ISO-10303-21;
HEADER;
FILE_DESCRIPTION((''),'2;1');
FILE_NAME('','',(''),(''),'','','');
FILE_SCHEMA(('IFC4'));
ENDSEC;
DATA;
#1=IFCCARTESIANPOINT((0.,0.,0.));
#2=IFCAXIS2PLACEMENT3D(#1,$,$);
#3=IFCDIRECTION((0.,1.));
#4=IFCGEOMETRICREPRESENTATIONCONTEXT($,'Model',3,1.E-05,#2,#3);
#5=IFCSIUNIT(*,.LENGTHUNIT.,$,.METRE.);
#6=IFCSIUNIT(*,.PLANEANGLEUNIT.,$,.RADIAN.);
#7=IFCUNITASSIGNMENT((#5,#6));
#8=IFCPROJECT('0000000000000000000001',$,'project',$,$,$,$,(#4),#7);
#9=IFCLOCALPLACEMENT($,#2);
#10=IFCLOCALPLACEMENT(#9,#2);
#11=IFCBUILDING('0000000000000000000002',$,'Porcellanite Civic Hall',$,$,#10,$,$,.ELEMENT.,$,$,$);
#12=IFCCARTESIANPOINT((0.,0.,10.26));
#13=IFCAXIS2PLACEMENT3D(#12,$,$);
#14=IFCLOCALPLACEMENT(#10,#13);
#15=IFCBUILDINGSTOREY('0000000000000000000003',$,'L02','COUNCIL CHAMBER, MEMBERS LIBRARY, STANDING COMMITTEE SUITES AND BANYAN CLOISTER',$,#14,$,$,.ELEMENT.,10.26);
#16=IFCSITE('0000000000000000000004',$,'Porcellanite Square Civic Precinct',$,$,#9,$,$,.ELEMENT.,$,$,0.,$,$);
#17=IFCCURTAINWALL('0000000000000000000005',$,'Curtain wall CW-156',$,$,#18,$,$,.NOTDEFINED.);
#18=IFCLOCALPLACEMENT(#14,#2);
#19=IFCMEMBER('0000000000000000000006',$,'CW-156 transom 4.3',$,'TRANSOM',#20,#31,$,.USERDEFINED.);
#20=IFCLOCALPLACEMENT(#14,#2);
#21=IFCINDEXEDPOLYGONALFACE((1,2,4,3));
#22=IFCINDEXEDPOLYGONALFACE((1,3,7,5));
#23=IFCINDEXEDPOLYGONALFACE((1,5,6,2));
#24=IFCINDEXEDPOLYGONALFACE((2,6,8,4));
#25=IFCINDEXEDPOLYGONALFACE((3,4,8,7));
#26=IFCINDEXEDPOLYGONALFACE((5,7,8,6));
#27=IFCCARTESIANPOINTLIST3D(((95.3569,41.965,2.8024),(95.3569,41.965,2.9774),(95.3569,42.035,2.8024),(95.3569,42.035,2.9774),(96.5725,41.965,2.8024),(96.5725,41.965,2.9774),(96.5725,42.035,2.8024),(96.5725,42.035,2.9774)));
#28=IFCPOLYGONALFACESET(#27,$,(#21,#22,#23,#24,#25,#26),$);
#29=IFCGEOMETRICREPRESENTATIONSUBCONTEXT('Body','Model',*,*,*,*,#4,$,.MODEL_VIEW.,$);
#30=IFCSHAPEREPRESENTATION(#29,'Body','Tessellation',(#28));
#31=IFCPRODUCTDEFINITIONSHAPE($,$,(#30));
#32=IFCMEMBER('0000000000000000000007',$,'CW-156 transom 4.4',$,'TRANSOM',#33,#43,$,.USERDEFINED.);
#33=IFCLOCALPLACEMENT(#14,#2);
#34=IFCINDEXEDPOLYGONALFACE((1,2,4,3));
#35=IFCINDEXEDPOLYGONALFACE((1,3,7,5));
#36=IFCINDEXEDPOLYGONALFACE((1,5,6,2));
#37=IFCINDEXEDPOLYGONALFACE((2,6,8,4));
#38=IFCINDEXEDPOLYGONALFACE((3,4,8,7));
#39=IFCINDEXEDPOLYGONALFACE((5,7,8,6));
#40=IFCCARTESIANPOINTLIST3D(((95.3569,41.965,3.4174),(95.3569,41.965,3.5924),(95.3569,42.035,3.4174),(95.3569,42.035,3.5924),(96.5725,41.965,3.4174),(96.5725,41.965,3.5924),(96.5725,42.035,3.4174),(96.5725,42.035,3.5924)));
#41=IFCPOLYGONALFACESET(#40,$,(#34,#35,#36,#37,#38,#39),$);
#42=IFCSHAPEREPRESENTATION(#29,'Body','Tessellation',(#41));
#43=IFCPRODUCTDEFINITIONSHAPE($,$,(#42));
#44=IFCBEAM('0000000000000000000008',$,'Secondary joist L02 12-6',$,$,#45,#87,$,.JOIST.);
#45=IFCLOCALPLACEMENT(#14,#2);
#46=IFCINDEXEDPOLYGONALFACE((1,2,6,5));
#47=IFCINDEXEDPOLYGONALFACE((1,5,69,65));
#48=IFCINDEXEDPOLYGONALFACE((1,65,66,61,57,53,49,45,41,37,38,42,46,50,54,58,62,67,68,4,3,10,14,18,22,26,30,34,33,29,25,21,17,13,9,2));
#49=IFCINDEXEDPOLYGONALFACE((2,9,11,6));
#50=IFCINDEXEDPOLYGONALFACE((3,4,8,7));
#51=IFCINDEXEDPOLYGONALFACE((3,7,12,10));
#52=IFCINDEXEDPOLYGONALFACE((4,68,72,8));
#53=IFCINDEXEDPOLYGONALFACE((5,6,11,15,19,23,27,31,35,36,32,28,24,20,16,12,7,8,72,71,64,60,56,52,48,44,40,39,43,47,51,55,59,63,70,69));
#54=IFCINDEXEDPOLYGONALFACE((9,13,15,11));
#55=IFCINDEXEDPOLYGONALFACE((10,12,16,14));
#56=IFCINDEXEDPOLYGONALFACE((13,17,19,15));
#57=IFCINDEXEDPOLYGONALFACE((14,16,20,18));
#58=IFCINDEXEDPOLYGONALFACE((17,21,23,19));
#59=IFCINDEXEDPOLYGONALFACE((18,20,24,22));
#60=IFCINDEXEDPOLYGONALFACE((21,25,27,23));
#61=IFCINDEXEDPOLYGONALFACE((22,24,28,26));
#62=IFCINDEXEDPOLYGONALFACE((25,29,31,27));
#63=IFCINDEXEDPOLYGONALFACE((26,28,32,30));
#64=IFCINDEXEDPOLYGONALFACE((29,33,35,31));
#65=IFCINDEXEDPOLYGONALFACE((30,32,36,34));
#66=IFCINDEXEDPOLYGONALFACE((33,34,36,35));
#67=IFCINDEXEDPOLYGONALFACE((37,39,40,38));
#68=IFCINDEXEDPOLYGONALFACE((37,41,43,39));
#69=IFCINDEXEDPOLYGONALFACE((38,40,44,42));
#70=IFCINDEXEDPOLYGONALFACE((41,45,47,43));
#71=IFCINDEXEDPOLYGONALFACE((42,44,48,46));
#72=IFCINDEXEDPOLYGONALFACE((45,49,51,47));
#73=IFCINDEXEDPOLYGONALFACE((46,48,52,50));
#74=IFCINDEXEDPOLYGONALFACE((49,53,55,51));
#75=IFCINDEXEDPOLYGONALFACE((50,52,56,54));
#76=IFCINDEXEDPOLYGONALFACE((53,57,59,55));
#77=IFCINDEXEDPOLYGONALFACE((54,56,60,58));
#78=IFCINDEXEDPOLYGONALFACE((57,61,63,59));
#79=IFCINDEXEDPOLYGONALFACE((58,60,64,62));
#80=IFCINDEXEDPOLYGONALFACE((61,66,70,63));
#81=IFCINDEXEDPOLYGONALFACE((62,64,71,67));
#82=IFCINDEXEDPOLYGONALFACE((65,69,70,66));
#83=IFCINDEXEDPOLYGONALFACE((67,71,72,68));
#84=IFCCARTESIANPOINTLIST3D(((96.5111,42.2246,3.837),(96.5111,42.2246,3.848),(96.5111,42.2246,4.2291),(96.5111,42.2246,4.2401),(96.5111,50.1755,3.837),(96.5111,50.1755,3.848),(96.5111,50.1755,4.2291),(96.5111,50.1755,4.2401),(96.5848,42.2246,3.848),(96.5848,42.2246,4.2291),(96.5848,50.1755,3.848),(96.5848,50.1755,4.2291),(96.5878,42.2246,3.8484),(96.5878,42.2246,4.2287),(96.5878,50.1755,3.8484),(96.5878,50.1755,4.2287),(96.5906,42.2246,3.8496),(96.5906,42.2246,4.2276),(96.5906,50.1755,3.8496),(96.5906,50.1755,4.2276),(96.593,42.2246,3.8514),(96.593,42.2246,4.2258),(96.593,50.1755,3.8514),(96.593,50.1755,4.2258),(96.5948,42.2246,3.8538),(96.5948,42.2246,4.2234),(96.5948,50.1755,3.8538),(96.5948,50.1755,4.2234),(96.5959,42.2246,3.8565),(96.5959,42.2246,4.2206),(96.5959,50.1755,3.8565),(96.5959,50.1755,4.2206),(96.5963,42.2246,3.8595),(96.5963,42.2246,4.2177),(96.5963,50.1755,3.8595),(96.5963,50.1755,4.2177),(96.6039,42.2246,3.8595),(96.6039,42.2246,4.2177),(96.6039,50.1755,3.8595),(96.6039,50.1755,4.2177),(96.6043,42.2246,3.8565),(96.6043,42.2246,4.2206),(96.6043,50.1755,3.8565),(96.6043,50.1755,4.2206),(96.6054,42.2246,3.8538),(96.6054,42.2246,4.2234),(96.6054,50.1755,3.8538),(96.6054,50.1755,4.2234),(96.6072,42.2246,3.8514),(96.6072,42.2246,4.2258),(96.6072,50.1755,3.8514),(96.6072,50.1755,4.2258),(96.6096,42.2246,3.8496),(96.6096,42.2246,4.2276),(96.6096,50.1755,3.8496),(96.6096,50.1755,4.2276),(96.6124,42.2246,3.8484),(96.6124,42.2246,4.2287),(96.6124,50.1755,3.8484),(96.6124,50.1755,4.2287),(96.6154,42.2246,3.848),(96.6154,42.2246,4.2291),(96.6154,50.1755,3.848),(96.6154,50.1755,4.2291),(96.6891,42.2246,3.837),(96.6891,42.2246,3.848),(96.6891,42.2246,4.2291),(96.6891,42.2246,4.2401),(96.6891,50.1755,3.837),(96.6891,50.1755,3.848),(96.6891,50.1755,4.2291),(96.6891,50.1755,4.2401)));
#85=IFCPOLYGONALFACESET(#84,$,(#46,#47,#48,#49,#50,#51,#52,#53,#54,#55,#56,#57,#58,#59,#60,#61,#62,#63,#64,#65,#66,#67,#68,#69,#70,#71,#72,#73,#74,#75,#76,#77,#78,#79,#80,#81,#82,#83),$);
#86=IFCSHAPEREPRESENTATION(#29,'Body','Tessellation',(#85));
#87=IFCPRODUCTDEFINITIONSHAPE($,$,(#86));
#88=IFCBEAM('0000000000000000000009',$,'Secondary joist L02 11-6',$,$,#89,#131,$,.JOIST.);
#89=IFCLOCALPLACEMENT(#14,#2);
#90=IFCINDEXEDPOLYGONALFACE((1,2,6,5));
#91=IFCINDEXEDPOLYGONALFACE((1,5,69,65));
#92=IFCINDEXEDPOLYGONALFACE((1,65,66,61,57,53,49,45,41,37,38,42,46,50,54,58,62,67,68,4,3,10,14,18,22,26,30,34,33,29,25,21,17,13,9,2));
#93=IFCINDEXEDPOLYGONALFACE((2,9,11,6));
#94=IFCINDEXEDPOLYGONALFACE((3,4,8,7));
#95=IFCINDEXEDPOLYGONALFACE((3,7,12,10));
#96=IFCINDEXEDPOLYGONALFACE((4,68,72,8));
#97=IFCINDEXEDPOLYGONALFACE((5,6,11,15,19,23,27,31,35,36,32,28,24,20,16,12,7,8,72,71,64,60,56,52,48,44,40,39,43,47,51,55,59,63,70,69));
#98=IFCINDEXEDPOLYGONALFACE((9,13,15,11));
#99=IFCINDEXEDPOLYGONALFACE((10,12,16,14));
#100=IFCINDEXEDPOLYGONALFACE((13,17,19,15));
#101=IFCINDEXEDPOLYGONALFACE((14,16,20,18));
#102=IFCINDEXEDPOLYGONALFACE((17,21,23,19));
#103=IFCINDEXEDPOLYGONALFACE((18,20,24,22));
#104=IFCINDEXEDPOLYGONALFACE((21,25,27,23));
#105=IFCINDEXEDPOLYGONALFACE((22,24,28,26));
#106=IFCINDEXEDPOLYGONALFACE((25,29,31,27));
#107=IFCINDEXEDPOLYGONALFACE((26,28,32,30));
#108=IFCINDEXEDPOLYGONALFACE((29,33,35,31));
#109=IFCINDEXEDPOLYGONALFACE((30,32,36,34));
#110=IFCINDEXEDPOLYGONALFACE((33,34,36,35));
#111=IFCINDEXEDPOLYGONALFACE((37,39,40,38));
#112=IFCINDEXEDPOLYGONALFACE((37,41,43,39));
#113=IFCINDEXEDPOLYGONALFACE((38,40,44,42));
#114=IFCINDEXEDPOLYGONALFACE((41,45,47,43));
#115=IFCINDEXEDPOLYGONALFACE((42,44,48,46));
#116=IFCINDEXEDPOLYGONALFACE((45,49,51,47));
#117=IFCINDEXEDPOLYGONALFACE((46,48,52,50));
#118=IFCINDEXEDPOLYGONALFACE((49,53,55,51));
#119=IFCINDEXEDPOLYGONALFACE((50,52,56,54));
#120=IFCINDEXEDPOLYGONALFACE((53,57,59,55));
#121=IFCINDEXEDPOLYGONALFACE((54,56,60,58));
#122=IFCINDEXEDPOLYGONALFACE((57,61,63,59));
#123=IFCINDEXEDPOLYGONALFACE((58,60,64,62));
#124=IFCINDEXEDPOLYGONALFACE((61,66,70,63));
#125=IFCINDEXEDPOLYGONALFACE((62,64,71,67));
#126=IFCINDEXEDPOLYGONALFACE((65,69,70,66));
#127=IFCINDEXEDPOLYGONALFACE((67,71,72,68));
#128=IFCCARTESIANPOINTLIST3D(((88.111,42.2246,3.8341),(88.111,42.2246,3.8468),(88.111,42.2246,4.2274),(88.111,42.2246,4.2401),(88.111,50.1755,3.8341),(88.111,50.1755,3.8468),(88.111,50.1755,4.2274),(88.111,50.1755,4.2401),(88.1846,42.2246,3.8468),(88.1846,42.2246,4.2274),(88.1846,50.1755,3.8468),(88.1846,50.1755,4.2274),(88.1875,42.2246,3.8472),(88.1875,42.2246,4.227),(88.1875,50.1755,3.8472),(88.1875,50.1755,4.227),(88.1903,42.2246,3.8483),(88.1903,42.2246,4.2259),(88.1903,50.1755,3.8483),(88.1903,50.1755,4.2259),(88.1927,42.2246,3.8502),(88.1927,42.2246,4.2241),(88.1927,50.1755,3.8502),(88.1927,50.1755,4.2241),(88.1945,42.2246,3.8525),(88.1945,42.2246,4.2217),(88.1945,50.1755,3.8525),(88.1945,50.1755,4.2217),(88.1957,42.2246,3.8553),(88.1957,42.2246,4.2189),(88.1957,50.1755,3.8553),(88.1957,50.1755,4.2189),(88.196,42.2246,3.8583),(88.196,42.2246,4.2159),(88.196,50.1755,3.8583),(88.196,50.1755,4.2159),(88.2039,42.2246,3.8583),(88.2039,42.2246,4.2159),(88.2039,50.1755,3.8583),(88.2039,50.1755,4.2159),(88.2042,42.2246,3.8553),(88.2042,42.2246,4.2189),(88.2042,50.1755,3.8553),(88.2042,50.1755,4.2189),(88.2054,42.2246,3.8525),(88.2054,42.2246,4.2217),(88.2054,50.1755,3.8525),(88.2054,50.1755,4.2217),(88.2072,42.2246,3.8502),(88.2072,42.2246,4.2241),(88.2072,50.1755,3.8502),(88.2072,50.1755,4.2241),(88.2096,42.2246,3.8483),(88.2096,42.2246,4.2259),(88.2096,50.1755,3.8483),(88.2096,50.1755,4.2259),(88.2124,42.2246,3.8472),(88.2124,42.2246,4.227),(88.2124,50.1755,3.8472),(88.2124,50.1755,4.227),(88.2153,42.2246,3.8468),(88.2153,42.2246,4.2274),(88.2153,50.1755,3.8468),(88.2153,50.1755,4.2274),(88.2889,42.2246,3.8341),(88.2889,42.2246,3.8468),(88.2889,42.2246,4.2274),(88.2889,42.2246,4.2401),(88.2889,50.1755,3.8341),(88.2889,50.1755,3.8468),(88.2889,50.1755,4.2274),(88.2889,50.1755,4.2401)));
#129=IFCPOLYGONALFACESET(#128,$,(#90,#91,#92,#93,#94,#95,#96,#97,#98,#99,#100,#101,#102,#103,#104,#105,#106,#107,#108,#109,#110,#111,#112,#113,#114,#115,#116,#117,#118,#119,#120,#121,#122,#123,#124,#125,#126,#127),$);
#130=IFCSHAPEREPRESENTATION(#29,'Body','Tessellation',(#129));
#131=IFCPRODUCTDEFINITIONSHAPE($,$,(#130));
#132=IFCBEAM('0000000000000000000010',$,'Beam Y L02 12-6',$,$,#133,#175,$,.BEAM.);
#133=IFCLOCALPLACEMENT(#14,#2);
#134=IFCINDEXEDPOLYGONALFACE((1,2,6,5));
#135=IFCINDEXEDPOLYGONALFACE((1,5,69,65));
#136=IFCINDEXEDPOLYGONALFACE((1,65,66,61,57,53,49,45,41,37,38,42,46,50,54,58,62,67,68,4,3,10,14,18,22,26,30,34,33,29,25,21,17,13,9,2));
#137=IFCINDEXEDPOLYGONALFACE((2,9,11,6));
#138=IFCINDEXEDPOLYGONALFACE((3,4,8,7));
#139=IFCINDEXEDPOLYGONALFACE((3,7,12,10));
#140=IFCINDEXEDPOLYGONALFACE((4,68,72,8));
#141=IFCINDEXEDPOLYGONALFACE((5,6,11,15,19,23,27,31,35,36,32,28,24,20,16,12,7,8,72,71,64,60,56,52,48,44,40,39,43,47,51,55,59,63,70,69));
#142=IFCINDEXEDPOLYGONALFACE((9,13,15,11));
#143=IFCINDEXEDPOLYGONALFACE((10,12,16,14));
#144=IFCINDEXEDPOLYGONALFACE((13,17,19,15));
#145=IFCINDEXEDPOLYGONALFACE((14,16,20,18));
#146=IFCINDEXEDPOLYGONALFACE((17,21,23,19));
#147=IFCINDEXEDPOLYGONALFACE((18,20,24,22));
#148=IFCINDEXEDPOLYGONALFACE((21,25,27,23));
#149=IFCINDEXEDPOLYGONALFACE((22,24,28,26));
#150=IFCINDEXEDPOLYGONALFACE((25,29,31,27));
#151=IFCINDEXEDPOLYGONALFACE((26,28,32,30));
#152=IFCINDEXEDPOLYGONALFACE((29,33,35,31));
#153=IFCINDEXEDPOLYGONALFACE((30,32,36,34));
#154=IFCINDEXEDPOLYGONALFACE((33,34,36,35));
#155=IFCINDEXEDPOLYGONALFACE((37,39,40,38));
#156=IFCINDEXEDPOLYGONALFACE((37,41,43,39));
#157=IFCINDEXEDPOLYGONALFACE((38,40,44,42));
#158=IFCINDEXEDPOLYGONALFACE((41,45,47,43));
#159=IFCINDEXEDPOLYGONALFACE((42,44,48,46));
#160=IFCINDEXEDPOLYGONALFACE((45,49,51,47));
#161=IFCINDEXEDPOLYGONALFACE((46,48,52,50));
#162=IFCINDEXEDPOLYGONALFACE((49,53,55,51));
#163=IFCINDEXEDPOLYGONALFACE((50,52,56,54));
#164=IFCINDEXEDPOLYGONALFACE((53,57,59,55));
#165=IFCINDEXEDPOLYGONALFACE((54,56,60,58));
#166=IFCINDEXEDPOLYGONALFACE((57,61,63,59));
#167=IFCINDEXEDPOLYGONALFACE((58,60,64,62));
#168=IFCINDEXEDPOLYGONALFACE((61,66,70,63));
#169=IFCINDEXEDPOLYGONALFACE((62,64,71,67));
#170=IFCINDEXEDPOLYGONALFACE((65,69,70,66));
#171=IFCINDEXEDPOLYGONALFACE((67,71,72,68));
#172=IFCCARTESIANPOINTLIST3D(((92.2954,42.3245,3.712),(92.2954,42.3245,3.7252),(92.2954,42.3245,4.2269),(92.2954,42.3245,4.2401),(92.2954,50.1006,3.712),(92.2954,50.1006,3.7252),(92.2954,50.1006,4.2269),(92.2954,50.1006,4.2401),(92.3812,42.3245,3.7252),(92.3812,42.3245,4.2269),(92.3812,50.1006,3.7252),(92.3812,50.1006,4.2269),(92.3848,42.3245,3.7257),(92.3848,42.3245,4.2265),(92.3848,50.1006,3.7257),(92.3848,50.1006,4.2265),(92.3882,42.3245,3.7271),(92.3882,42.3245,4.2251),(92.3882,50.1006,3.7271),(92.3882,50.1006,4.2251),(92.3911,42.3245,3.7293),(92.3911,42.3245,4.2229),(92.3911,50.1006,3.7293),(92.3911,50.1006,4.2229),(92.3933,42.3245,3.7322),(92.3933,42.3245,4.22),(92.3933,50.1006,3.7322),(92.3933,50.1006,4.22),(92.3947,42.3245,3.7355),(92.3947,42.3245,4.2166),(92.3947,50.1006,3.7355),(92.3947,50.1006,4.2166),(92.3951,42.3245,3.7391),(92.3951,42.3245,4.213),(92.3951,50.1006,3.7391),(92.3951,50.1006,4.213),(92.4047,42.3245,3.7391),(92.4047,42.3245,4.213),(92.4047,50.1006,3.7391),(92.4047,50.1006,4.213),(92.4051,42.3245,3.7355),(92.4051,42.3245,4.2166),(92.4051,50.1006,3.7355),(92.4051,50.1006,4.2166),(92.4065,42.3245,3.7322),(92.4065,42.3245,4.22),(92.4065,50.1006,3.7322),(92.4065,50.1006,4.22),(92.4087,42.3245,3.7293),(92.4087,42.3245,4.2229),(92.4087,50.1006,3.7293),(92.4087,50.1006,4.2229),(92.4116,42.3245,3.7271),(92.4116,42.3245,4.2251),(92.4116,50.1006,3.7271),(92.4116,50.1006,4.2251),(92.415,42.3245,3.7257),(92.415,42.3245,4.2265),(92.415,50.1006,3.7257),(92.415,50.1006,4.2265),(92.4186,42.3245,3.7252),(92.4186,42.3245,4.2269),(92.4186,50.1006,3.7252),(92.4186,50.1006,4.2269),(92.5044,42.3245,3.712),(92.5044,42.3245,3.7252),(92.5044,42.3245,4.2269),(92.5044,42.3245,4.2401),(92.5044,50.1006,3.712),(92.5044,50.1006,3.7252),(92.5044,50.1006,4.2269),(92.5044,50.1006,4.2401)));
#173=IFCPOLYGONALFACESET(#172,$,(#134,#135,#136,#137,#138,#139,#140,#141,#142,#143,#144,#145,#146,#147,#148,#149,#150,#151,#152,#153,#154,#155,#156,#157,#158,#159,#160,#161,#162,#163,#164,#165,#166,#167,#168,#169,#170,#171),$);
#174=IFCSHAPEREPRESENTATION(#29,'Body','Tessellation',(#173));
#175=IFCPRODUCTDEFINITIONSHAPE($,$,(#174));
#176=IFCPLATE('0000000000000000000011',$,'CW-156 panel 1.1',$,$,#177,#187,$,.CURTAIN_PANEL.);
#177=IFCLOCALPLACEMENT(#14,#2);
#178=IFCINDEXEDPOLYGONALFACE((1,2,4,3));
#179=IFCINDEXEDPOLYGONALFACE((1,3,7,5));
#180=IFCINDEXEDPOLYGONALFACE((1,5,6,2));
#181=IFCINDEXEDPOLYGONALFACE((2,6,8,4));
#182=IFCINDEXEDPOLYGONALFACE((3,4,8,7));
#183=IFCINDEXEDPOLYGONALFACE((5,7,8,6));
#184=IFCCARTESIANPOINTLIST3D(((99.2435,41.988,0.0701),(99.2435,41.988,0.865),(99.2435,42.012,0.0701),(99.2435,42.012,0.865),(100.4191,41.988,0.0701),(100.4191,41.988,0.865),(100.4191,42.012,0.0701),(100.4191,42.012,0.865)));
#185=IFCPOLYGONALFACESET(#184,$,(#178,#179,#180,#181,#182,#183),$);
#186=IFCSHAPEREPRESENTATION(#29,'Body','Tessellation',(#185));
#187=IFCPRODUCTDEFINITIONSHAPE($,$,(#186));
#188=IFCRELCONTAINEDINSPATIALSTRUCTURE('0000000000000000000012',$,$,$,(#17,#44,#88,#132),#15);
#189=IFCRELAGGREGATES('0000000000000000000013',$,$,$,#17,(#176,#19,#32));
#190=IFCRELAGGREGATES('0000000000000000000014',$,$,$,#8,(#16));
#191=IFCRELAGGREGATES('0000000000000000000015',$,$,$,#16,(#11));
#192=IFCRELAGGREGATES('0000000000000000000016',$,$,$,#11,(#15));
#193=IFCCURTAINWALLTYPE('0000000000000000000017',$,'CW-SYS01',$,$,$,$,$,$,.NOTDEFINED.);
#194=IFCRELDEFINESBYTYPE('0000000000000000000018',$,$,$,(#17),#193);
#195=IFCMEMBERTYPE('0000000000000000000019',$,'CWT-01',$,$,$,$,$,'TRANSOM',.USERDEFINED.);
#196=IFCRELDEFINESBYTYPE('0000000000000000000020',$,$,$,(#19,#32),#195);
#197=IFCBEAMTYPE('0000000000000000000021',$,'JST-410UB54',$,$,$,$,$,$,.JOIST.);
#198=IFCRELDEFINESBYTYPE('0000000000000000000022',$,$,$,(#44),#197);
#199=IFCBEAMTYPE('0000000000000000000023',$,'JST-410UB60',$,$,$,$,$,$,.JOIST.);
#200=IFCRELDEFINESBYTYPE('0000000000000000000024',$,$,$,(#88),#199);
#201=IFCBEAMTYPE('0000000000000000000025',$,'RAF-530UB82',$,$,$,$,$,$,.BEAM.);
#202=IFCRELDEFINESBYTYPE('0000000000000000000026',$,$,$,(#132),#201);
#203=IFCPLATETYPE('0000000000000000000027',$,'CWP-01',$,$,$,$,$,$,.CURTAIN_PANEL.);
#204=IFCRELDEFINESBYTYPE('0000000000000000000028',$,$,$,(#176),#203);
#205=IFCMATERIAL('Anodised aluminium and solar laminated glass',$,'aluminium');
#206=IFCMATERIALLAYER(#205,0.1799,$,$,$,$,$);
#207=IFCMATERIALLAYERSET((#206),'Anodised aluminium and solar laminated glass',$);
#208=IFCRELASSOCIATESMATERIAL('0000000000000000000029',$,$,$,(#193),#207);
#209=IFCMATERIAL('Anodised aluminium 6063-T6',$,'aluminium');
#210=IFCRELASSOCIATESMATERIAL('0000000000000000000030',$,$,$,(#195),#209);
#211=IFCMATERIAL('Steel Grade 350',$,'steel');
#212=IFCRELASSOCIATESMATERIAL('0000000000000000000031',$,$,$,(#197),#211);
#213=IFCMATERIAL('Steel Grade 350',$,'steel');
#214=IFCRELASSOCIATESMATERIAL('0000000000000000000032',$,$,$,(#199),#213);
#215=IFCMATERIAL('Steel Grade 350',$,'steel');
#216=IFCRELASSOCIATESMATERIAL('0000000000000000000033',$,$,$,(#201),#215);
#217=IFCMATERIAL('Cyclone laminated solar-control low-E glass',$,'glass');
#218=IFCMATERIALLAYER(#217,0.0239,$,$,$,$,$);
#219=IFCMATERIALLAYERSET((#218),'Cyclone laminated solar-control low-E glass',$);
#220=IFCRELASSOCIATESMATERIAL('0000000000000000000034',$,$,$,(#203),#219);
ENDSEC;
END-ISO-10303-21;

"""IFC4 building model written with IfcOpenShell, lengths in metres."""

from ifc_helpers import new_model, si_unit, direction, frame, origin, origin_2d, place, context, subcontext, project, spatial, rectangle, i_section, extrude, material, layer, layer_set, material_profile, profile_set, type_object, element, aggregate, save


model = new_model("IFC4")

# Units and contexts
model_context = context("Model", 3, precision=1e-05, world=origin(), true_north=direction((0.0, 1.0)))
body_context = subcontext(model_context, "Body", "Model", "MODEL_VIEW")
ifc_project = project(units=[si_unit("LENGTHUNIT", "METRE"), si_unit("PLANEANGLEUNIT", "RADIAN")], contexts=[model_context])

# Site, building, storey
site_placement = place(None, origin())
site = spatial("IfcSite", under=ifc_project, at=site_placement, Name="Porcellanite Square Civic Precinct", CompositionType="ELEMENT", RefElevation=0.0)
building_placement = place(site_placement, origin())
building = spatial("IfcBuilding", under=site, at=building_placement, Name="Porcellanite Civic Hall", CompositionType="ELEMENT")
storey_placement = place(building_placement, frame((0.0, 0.0, 10.26)))
storey = spatial("IfcBuildingStorey", under=building, at=storey_placement, Name="L02", Description="COUNCIL CHAMBER, MEMBERS LIBRARY, STANDING COMMITTEE SUITES AND BANYAN CLOISTER", CompositionType="ELEMENT", Elevation=10.26)

# Curtain wall, members
ifc_material_1 = material(Name="Anodised aluminium and solar laminated glass", Category="aluminium")
ifc_layer_1 = layer(ifc_material_1, 0.1799)
ifc_layer_set_1 = layer_set([ifc_layer_1], Name="Anodised aluminium and solar laminated glass")
curtain_wall_type = type_object("IfcCurtainWallType", Name="CW-SYS01", PredefinedType="NOTDEFINED", material=ifc_layer_set_1)
curtain_wall_placement = place(storey_placement, origin())
curtain_wall = element("IfcCurtainWall", 1, at=curtain_wall_placement, inside=storey, type_object=curtain_wall_type, Name="Curtain wall CW-156", PredefinedType="NOTDEFINED")
ifc_material_2 = material(Name="Anodised aluminium 6063-T6", Category="aluminium")
ifc_material_profile_1 = material_profile(ifc_material_2, rectangle(XDim=0.0701, YDim=0.175, at=origin_2d()), Name="AL-70x175")
ifc_profile_set_1 = profile_set([ifc_material_profile_1], Name="Anodised aluminium 6063-T6")
member_type_1 = type_object("IfcMemberType", Name="CWT-01", ElementType="TRANSOM", PredefinedType="USERDEFINED", material=ifc_profile_set_1)
member_1_placement = place(storey_placement, frame((96.5725, 42.0, 2.8899), z_axis=(-1.0, 0.0, 0.0), x_axis=(0.0, -1.0, 0.0)))
member_1 = element("IfcMember", 2, at=member_1_placement, type_object=member_type_1, Name="CW-156 transom 4.3", ObjectType="TRANSOM", PredefinedType="USERDEFINED", context=body_context, shape_type="SweptSolid", body=[
    extrude(rectangle(XDim=0.0701, YDim=0.175, at=origin_2d()), origin(), (0.0, 0.0, 1.0), 1.2156),
])
member_2_placement = place(storey_placement, frame((96.5725, 42.0, 3.5049), z_axis=(-1.0, 0.0, 0.0), x_axis=(0.0, -1.0, 0.0)))
member_2 = element("IfcMember", 3, at=member_2_placement, type_object=member_type_1, Name="CW-156 transom 4.4", ObjectType="TRANSOM", PredefinedType="USERDEFINED", context=body_context, shape_type="SweptSolid", body=[
    extrude(rectangle(XDim=0.0701, YDim=0.175, at=origin_2d()), origin(), (0.0, 0.0, 1.0), 1.2156),
])

# Beams
ifc_material_3 = material(Name="Steel Grade 350", Category="steel")
ifc_material_profile_2 = material_profile(ifc_material_3, i_section(OverallWidth=0.178, OverallDepth=0.4031, WebThickness=0.0076, FlangeThickness=0.011, FilletRadius=0.0115, at=origin_2d()), Name="410UB53.7")
ifc_profile_set_2 = profile_set([ifc_material_profile_2], Name="Steel Grade 350")
beam_type_1 = type_object("IfcBeamType", Name="JST-410UB54", PredefinedType="JOIST", material=ifc_profile_set_2)
beam_1_placement = place(storey_placement, frame((96.6001, 42.2246, 4.0386), z_axis=(0.0, 1.0, 0.0), x_axis=(-1.0, 0.0, 0.0)))
element("IfcBeam", 4, at=beam_1_placement, inside=storey, type_object=beam_type_1, Name="Secondary joist L02 12-6", PredefinedType="JOIST", context=body_context, shape_type="SweptSolid", body=[
    extrude(i_section(OverallWidth=0.178, OverallDepth=0.4031, WebThickness=0.0076, FlangeThickness=0.011, FilletRadius=0.0115, at=origin_2d()), origin(), (0.0, 0.0, 1.0), 7.9509),
])
ifc_material_4 = material(Name="Steel Grade 350", Category="steel")
ifc_material_profile_3 = material_profile(ifc_material_4, i_section(OverallWidth=0.178, OverallDepth=0.406, WebThickness=0.0078, FlangeThickness=0.0127, FilletRadius=0.0115, at=origin_2d()), Name="410UB59.7")
ifc_profile_set_3 = profile_set([ifc_material_profile_3], Name="Steel Grade 350")
beam_type_2 = type_object("IfcBeamType", Name="JST-410UB60", PredefinedType="JOIST", material=ifc_profile_set_3)
beam_2_placement = place(storey_placement, frame((88.2, 42.2246, 4.0371), z_axis=(0.0, 1.0, 0.0), x_axis=(-1.0, 0.0, 0.0)))
element("IfcBeam", 5, at=beam_2_placement, inside=storey, type_object=beam_type_2, Name="Secondary joist L02 11-6", PredefinedType="JOIST", context=body_context, shape_type="SweptSolid", body=[
    extrude(i_section(OverallWidth=0.178, OverallDepth=0.406, WebThickness=0.0078, FlangeThickness=0.0127, FilletRadius=0.0115, at=origin_2d()), origin(), (0.0, 0.0, 1.0), 7.9509),
])
ifc_material_5 = material(Name="Steel Grade 350", Category="steel")
ifc_material_profile_4 = material_profile(ifc_material_5, i_section(OverallWidth=0.209, OverallDepth=0.5281, WebThickness=0.0095, FlangeThickness=0.0132, FilletRadius=0.0139, at=origin_2d()), Name="530UB82.0")
ifc_profile_set_4 = profile_set([ifc_material_profile_4], Name="Steel Grade 350")
beam_type_3 = type_object("IfcBeamType", Name="RAF-530UB82", PredefinedType="BEAM", material=ifc_profile_set_4)
beam_3_placement = place(storey_placement, frame((92.3999, 42.3245, 3.9761), z_axis=(0.0, 1.0, 0.0), x_axis=(-1.0, 0.0, 0.0)))
element("IfcBeam", 6, at=beam_3_placement, inside=storey, type_object=beam_type_3, Name="Beam Y L02 12-6", PredefinedType="BEAM", context=body_context, shape_type="SweptSolid", body=[
    extrude(i_section(OverallWidth=0.209, OverallDepth=0.5281, WebThickness=0.0095, FlangeThickness=0.0132, FilletRadius=0.0139, at=origin_2d()), origin(), (0.0, 0.0, 1.0), 7.7761),
])

# Plate
ifc_material_6 = material(Name="Cyclone laminated solar-control low-E glass", Category="glass")
ifc_layer_2 = layer(ifc_material_6, 0.0239)
ifc_layer_set_2 = layer_set([ifc_layer_2], Name="Cyclone laminated solar-control low-E glass")
plate_type = type_object("IfcPlateType", Name="CWP-01", PredefinedType="CURTAIN_PANEL", material=ifc_layer_set_2)
plate_1_placement = place(storey_placement, frame((99.8313, 42.0, 0.0701), z_axis=(0.0, 0.0, 1.0), x_axis=(-1.0, 0.0, 0.0)))
plate_1 = element("IfcPlate", 7, at=plate_1_placement, type_object=plate_type, Name="CW-156 panel 1.1", PredefinedType="CURTAIN_PANEL", context=body_context, shape_type="SweptSolid", body=[
    extrude(rectangle(XDim=1.1755, YDim=0.0239, at=origin_2d()), origin(), (0.0, 0.0, 1.0), 0.7949),
])
aggregate(curtain_wall, [plate_1, member_1, member_2])

save(model, "model.ifc")
